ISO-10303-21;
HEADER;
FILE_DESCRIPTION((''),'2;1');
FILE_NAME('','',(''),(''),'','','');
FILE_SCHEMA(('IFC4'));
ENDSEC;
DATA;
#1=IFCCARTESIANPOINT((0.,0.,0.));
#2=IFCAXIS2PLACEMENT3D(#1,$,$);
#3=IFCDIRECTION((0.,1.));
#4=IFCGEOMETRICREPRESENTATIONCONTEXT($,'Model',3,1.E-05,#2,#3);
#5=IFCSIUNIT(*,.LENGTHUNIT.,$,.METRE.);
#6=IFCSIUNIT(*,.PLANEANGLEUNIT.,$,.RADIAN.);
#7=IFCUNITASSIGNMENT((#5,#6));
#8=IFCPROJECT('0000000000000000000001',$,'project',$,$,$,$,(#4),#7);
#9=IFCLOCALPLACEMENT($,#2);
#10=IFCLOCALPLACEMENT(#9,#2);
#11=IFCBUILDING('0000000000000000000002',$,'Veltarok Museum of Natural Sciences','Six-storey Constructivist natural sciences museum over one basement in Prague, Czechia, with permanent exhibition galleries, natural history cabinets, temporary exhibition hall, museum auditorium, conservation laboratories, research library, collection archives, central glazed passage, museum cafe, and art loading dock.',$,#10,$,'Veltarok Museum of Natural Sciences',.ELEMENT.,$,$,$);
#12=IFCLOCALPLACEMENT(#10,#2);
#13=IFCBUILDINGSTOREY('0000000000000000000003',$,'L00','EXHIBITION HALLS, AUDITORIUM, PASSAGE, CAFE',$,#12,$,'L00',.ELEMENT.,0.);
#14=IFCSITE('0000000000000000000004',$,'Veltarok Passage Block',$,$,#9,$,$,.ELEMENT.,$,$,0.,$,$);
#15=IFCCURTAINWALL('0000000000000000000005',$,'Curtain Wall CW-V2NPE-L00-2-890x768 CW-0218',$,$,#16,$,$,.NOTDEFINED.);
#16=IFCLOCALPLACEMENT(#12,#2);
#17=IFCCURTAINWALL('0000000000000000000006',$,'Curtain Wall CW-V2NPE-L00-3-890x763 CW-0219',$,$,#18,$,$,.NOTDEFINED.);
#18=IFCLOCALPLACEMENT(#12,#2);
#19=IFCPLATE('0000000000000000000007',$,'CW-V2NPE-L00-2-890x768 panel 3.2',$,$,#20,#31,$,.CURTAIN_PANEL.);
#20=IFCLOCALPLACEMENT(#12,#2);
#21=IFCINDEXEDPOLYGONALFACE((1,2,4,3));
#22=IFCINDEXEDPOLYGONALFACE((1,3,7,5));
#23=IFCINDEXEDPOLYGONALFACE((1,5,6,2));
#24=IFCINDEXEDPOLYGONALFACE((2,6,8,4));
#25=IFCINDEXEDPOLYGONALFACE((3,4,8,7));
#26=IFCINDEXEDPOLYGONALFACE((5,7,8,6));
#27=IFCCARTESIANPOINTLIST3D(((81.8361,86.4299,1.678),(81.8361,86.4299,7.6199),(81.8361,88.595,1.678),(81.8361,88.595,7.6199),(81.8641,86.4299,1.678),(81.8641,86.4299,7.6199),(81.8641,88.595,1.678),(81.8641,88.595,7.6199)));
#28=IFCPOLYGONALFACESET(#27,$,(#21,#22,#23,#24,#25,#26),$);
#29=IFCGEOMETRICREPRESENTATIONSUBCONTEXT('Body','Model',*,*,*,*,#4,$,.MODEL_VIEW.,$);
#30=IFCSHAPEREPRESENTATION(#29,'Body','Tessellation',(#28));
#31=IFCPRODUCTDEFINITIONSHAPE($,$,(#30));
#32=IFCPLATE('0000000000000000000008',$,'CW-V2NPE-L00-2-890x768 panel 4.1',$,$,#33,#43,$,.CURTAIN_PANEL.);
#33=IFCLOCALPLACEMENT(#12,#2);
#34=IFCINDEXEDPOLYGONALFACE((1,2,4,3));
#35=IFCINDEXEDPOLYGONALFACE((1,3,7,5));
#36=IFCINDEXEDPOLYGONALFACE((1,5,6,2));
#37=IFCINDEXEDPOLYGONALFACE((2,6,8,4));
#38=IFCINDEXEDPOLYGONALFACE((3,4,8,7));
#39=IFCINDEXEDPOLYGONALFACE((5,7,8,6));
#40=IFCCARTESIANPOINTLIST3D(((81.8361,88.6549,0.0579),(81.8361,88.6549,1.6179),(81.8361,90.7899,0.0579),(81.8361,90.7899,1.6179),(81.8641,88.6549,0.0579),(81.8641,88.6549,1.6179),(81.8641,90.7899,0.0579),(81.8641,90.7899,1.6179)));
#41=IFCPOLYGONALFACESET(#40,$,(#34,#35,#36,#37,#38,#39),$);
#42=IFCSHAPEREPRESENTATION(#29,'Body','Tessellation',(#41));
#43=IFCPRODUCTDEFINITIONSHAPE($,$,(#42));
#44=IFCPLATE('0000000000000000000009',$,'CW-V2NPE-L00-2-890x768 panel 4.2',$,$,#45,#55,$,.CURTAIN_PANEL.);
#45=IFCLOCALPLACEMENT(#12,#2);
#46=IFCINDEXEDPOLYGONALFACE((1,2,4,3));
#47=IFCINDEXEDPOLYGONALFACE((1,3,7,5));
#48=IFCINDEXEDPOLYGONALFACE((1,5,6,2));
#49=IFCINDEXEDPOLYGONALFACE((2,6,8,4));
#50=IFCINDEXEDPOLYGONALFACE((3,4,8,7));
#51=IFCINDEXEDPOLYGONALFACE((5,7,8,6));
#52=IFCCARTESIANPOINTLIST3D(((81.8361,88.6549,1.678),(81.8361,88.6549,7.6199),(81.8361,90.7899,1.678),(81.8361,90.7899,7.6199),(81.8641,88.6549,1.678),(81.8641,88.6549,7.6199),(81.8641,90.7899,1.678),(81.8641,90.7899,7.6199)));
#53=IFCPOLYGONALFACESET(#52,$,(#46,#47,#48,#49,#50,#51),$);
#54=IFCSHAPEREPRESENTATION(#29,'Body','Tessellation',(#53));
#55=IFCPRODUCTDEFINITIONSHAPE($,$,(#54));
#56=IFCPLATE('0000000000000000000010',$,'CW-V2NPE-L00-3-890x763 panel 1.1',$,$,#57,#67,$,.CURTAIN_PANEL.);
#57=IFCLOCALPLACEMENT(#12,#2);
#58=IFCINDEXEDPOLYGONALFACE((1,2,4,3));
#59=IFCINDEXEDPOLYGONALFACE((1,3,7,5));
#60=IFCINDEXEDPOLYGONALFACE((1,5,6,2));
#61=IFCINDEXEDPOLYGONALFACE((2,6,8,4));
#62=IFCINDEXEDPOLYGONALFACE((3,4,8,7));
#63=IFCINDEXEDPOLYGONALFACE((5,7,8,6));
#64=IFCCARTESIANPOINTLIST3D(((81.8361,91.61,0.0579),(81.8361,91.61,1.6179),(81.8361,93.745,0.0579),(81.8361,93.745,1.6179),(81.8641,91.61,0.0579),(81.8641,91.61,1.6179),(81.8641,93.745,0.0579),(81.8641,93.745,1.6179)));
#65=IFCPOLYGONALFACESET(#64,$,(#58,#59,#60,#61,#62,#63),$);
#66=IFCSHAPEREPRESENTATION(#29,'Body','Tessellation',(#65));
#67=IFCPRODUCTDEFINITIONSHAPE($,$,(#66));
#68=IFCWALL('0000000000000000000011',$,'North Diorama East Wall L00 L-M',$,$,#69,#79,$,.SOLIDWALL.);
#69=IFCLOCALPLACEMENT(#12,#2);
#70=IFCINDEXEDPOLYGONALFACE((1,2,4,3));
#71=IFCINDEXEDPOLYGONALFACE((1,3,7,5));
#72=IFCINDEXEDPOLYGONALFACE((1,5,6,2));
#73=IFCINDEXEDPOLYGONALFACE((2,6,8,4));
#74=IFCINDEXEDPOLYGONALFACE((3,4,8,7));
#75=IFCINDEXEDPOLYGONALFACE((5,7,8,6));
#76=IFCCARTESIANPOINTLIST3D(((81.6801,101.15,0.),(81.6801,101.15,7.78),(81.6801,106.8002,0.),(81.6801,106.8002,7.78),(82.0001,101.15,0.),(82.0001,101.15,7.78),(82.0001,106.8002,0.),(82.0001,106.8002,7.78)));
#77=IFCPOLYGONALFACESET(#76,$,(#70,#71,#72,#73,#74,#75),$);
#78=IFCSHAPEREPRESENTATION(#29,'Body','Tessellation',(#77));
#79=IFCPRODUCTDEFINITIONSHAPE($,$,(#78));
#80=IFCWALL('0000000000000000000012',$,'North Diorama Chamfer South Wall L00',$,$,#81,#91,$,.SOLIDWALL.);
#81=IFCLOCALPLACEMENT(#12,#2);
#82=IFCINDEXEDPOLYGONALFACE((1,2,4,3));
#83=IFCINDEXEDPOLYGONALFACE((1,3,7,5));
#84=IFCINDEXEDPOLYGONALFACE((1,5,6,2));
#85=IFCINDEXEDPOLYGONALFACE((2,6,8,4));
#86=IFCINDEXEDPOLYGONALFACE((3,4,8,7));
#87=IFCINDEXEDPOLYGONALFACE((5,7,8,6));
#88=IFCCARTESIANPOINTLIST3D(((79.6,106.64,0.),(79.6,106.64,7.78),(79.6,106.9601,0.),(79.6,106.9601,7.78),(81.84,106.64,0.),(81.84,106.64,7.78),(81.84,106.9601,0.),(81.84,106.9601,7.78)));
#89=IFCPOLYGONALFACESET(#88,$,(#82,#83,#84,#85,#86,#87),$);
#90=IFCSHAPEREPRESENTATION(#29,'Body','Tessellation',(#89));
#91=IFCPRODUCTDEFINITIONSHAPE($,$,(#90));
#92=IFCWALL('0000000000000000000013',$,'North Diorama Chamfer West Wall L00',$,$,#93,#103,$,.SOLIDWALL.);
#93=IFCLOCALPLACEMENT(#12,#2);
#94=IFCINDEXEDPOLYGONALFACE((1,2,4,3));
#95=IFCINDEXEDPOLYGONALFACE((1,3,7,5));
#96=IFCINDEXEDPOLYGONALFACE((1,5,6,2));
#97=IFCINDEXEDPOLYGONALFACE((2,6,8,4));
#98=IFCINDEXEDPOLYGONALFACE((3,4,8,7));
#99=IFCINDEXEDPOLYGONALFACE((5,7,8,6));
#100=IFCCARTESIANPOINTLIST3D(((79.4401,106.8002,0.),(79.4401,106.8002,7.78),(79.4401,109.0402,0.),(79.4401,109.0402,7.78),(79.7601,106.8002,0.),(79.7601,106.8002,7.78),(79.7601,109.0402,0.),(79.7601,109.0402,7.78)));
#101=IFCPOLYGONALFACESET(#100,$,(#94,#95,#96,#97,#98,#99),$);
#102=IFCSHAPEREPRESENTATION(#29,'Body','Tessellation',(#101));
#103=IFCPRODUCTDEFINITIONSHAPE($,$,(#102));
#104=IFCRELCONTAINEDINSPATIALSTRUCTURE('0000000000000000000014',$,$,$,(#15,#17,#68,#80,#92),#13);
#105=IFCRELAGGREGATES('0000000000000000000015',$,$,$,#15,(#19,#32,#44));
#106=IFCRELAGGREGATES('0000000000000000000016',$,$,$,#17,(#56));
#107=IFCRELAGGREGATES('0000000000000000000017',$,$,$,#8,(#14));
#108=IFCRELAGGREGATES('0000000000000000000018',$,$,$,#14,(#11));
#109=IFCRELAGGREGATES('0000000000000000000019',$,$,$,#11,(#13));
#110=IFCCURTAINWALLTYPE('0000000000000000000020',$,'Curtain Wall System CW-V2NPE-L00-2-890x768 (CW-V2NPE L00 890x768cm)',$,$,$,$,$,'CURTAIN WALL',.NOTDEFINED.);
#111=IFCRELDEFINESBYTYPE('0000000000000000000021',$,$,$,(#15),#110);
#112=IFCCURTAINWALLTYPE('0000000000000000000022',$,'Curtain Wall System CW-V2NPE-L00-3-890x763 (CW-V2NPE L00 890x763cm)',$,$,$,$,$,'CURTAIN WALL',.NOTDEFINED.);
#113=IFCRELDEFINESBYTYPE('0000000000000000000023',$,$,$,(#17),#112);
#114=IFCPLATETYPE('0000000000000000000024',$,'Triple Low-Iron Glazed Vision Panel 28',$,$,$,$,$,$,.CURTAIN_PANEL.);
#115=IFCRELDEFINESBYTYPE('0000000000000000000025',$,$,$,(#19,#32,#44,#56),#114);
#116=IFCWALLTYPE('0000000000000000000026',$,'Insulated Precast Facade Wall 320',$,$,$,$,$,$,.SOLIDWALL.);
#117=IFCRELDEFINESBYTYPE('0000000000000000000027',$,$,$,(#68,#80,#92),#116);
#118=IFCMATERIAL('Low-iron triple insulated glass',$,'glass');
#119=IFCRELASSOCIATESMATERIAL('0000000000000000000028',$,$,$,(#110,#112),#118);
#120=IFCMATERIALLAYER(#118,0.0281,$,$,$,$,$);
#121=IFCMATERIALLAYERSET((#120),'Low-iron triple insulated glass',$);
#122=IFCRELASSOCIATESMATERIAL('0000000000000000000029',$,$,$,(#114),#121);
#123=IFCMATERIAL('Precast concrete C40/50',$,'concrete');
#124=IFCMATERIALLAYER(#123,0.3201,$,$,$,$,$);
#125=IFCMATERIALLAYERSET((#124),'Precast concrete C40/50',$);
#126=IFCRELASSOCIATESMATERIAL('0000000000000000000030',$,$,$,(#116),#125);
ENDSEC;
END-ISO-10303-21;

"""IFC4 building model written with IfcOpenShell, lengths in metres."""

from ifc_helpers import new_model, si_unit, direction, frame, frame_2d, origin, origin_2d, place, context, subcontext, project, spatial, rectangle, extrude, material, layer, layer_set, type_object, element, aggregate, save


model = new_model("IFC4")

# Units and contexts
model_context = context("Model", 3, precision=1e-05, world=origin(), true_north=direction((0.0, 1.0)))
body_context = subcontext(model_context, "Body", "Model", "MODEL_VIEW")
ifc_project = project(units=[si_unit("LENGTHUNIT", "METRE"), si_unit("PLANEANGLEUNIT", "RADIAN")], contexts=[model_context])

# Site, building, storey
site_placement = place(None, origin())
site = spatial("IfcSite", under=ifc_project, at=site_placement, Name="Veltarok Passage Block", CompositionType="ELEMENT", RefElevation=0.0)
building_placement = place(site_placement, origin())
building = spatial("IfcBuilding", under=site, at=building_placement, Name="Veltarok Museum of Natural Sciences", Description="Six-storey Constructivist natural sciences museum over one basement in Prague, Czechia, with permanent exhibition galleries, natural history cabinets, temporary exhibition hall, museum auditorium, conservation laboratories, research library, collection archives, central glazed passage, museum cafe, and art loading dock.", LongName="Veltarok Museum of Natural Sciences", CompositionType="ELEMENT")
storey_placement = place(building_placement, origin())
storey = spatial("IfcBuildingStorey", under=building, at=storey_placement, Name="L00", Description="EXHIBITION HALLS, AUDITORIUM, PASSAGE, CAFE", LongName="L00", CompositionType="ELEMENT", Elevation=0.0)

# Curtain walls
ifc_material_1 = material(Name="Low-iron triple insulated glass", Category="glass")
curtain_wall_type_1 = type_object("IfcCurtainWallType", Name="Curtain Wall System CW-V2NPE-L00-2-890x768 (CW-V2NPE L00 890x768cm)", ElementType="CURTAIN WALL", PredefinedType="NOTDEFINED", material=ifc_material_1)
curtain_wall_1_placement = place(storey_placement, origin())
curtain_wall_1 = element("IfcCurtainWall", 1, at=curtain_wall_1_placement, inside=storey, type_object=curtain_wall_type_1, Name="Curtain Wall CW-V2NPE-L00-2-890x768 CW-0218", PredefinedType="NOTDEFINED")
curtain_wall_type_2 = type_object("IfcCurtainWallType", Name="Curtain Wall System CW-V2NPE-L00-3-890x763 (CW-V2NPE L00 890x763cm)", ElementType="CURTAIN WALL", PredefinedType="NOTDEFINED", material=ifc_material_1)
curtain_wall_2_placement = place(storey_placement, origin())
curtain_wall_2 = element("IfcCurtainWall", 2, at=curtain_wall_2_placement, inside=storey, type_object=curtain_wall_type_2, Name="Curtain Wall CW-V2NPE-L00-3-890x763 CW-0219", PredefinedType="NOTDEFINED")

# Plates
ifc_layer_1 = layer(ifc_material_1, 0.0281)
ifc_layer_set_1 = layer_set([ifc_layer_1], Name="Low-iron triple insulated glass")
plate_type = type_object("IfcPlateType", Name="Triple Low-Iron Glazed Vision Panel 28", PredefinedType="CURTAIN_PANEL", material=ifc_layer_set_1)
plate_1_placement = place(storey_placement, frame((81.8501, 87.5125, 1.678), z_axis=(0.0, 0.0, 1.0), x_axis=(0.0, 1.0, 0.0)))
plate_1 = element("IfcPlate", 3, at=plate_1_placement, type_object=plate_type, Name="CW-V2NPE-L00-2-890x768 panel 3.2", PredefinedType="CURTAIN_PANEL", context=body_context, shape_type="SweptSolid", body=[
    extrude(rectangle(XDim=2.165, YDim=0.0281, at=origin_2d()), origin(), (0.0, 0.0, 1.0), 5.9419),
])
plate_2_placement = place(storey_placement, frame((81.8501, 89.7224, 0.0579), z_axis=(0.0, 0.0, 1.0), x_axis=(0.0, 1.0, 0.0)))
plate_2 = element("IfcPlate", 4, at=plate_2_placement, type_object=plate_type, Name="CW-V2NPE-L00-2-890x768 panel 4.1", PredefinedType="CURTAIN_PANEL", context=body_context, shape_type="SweptSolid", body=[
    extrude(rectangle(XDim=2.135, YDim=0.0281, at=origin_2d()), origin(), (0.0, 0.0, 1.0), 1.5601),
])
plate_3_placement = place(storey_placement, frame((81.8501, 89.7224, 1.678), z_axis=(0.0, 0.0, 1.0), x_axis=(0.0, 1.0, 0.0)))
plate_3 = element("IfcPlate", 5, at=plate_3_placement, type_object=plate_type, Name="CW-V2NPE-L00-2-890x768 panel 4.2", PredefinedType="CURTAIN_PANEL", context=body_context, shape_type="SweptSolid", body=[
    extrude(rectangle(XDim=2.135, YDim=0.0281, at=origin_2d()), origin(), (0.0, 0.0, 1.0), 5.9419),
])
aggregate(curtain_wall_1, [plate_1, plate_2, plate_3])
plate_4_placement = place(storey_placement, frame((81.8501, 92.6775, 0.0579), z_axis=(0.0, 0.0, 1.0), x_axis=(0.0, 1.0, 0.0)))
plate_4 = element("IfcPlate", 6, at=plate_4_placement, type_object=plate_type, Name="CW-V2NPE-L00-3-890x763 panel 1.1", PredefinedType="CURTAIN_PANEL", context=body_context, shape_type="SweptSolid", body=[
    extrude(rectangle(XDim=2.135, YDim=0.0281, at=origin_2d()), origin(), (0.0, 0.0, 1.0), 1.5601),
])
aggregate(curtain_wall_2, [plate_4])

# Walls
ifc_material_2 = material(Name="Precast concrete C40/50", Category="concrete")
ifc_layer_2 = layer(ifc_material_2, 0.3201)
ifc_layer_set_2 = layer_set([ifc_layer_2], Name="Precast concrete C40/50")
wall_type = type_object("IfcWallType", Name="Insulated Precast Facade Wall 320", PredefinedType="SOLIDWALL", material=ifc_layer_set_2)
wall_placement = place(storey_placement, frame((81.8401, 101.1499, 0.0), z_axis=(0.0, 0.0, 1.0), x_axis=(0.0, 1.0, 0.0)))
element("IfcWall", 7, at=wall_placement, inside=storey, type_object=wall_type, Name="North Diorama East Wall L00 L-M", PredefinedType="SOLIDWALL", context=body_context, shape_type="SweptSolid", body=[
    extrude(rectangle(XDim=5.6501, YDim=0.3201, at=frame_2d((2.8252, 0.0))), origin(), (0.0, 0.0, 1.0), 7.78),
])
for number, where, z_axis, x_axis, name in (
    (8, (81.8401, 106.8, 0.0), (0.0, 0.0, 1.0), (-1.0, 0.0, 0.0), "North Diorama Chamfer South Wall L00"),
    (9, (79.6001, 106.8, 0.0), (0.0, 0.0, 1.0), (0.0, 1.0, 0.0), "North Diorama Chamfer West Wall L00"),
):
    element("IfcWall", number, at=place(storey_placement, frame(where, z_axis=z_axis, x_axis=x_axis)), inside=storey, type_object=wall_type, Name=name, PredefinedType="SOLIDWALL", context=body_context, shape_type="SweptSolid", body=[
        extrude(rectangle(XDim=2.24, YDim=0.3201, at=frame_2d((1.1201, 0.0))), origin(), (0.0, 0.0, 1.0), 7.78),
    ])

save(model, "model.ifc")
